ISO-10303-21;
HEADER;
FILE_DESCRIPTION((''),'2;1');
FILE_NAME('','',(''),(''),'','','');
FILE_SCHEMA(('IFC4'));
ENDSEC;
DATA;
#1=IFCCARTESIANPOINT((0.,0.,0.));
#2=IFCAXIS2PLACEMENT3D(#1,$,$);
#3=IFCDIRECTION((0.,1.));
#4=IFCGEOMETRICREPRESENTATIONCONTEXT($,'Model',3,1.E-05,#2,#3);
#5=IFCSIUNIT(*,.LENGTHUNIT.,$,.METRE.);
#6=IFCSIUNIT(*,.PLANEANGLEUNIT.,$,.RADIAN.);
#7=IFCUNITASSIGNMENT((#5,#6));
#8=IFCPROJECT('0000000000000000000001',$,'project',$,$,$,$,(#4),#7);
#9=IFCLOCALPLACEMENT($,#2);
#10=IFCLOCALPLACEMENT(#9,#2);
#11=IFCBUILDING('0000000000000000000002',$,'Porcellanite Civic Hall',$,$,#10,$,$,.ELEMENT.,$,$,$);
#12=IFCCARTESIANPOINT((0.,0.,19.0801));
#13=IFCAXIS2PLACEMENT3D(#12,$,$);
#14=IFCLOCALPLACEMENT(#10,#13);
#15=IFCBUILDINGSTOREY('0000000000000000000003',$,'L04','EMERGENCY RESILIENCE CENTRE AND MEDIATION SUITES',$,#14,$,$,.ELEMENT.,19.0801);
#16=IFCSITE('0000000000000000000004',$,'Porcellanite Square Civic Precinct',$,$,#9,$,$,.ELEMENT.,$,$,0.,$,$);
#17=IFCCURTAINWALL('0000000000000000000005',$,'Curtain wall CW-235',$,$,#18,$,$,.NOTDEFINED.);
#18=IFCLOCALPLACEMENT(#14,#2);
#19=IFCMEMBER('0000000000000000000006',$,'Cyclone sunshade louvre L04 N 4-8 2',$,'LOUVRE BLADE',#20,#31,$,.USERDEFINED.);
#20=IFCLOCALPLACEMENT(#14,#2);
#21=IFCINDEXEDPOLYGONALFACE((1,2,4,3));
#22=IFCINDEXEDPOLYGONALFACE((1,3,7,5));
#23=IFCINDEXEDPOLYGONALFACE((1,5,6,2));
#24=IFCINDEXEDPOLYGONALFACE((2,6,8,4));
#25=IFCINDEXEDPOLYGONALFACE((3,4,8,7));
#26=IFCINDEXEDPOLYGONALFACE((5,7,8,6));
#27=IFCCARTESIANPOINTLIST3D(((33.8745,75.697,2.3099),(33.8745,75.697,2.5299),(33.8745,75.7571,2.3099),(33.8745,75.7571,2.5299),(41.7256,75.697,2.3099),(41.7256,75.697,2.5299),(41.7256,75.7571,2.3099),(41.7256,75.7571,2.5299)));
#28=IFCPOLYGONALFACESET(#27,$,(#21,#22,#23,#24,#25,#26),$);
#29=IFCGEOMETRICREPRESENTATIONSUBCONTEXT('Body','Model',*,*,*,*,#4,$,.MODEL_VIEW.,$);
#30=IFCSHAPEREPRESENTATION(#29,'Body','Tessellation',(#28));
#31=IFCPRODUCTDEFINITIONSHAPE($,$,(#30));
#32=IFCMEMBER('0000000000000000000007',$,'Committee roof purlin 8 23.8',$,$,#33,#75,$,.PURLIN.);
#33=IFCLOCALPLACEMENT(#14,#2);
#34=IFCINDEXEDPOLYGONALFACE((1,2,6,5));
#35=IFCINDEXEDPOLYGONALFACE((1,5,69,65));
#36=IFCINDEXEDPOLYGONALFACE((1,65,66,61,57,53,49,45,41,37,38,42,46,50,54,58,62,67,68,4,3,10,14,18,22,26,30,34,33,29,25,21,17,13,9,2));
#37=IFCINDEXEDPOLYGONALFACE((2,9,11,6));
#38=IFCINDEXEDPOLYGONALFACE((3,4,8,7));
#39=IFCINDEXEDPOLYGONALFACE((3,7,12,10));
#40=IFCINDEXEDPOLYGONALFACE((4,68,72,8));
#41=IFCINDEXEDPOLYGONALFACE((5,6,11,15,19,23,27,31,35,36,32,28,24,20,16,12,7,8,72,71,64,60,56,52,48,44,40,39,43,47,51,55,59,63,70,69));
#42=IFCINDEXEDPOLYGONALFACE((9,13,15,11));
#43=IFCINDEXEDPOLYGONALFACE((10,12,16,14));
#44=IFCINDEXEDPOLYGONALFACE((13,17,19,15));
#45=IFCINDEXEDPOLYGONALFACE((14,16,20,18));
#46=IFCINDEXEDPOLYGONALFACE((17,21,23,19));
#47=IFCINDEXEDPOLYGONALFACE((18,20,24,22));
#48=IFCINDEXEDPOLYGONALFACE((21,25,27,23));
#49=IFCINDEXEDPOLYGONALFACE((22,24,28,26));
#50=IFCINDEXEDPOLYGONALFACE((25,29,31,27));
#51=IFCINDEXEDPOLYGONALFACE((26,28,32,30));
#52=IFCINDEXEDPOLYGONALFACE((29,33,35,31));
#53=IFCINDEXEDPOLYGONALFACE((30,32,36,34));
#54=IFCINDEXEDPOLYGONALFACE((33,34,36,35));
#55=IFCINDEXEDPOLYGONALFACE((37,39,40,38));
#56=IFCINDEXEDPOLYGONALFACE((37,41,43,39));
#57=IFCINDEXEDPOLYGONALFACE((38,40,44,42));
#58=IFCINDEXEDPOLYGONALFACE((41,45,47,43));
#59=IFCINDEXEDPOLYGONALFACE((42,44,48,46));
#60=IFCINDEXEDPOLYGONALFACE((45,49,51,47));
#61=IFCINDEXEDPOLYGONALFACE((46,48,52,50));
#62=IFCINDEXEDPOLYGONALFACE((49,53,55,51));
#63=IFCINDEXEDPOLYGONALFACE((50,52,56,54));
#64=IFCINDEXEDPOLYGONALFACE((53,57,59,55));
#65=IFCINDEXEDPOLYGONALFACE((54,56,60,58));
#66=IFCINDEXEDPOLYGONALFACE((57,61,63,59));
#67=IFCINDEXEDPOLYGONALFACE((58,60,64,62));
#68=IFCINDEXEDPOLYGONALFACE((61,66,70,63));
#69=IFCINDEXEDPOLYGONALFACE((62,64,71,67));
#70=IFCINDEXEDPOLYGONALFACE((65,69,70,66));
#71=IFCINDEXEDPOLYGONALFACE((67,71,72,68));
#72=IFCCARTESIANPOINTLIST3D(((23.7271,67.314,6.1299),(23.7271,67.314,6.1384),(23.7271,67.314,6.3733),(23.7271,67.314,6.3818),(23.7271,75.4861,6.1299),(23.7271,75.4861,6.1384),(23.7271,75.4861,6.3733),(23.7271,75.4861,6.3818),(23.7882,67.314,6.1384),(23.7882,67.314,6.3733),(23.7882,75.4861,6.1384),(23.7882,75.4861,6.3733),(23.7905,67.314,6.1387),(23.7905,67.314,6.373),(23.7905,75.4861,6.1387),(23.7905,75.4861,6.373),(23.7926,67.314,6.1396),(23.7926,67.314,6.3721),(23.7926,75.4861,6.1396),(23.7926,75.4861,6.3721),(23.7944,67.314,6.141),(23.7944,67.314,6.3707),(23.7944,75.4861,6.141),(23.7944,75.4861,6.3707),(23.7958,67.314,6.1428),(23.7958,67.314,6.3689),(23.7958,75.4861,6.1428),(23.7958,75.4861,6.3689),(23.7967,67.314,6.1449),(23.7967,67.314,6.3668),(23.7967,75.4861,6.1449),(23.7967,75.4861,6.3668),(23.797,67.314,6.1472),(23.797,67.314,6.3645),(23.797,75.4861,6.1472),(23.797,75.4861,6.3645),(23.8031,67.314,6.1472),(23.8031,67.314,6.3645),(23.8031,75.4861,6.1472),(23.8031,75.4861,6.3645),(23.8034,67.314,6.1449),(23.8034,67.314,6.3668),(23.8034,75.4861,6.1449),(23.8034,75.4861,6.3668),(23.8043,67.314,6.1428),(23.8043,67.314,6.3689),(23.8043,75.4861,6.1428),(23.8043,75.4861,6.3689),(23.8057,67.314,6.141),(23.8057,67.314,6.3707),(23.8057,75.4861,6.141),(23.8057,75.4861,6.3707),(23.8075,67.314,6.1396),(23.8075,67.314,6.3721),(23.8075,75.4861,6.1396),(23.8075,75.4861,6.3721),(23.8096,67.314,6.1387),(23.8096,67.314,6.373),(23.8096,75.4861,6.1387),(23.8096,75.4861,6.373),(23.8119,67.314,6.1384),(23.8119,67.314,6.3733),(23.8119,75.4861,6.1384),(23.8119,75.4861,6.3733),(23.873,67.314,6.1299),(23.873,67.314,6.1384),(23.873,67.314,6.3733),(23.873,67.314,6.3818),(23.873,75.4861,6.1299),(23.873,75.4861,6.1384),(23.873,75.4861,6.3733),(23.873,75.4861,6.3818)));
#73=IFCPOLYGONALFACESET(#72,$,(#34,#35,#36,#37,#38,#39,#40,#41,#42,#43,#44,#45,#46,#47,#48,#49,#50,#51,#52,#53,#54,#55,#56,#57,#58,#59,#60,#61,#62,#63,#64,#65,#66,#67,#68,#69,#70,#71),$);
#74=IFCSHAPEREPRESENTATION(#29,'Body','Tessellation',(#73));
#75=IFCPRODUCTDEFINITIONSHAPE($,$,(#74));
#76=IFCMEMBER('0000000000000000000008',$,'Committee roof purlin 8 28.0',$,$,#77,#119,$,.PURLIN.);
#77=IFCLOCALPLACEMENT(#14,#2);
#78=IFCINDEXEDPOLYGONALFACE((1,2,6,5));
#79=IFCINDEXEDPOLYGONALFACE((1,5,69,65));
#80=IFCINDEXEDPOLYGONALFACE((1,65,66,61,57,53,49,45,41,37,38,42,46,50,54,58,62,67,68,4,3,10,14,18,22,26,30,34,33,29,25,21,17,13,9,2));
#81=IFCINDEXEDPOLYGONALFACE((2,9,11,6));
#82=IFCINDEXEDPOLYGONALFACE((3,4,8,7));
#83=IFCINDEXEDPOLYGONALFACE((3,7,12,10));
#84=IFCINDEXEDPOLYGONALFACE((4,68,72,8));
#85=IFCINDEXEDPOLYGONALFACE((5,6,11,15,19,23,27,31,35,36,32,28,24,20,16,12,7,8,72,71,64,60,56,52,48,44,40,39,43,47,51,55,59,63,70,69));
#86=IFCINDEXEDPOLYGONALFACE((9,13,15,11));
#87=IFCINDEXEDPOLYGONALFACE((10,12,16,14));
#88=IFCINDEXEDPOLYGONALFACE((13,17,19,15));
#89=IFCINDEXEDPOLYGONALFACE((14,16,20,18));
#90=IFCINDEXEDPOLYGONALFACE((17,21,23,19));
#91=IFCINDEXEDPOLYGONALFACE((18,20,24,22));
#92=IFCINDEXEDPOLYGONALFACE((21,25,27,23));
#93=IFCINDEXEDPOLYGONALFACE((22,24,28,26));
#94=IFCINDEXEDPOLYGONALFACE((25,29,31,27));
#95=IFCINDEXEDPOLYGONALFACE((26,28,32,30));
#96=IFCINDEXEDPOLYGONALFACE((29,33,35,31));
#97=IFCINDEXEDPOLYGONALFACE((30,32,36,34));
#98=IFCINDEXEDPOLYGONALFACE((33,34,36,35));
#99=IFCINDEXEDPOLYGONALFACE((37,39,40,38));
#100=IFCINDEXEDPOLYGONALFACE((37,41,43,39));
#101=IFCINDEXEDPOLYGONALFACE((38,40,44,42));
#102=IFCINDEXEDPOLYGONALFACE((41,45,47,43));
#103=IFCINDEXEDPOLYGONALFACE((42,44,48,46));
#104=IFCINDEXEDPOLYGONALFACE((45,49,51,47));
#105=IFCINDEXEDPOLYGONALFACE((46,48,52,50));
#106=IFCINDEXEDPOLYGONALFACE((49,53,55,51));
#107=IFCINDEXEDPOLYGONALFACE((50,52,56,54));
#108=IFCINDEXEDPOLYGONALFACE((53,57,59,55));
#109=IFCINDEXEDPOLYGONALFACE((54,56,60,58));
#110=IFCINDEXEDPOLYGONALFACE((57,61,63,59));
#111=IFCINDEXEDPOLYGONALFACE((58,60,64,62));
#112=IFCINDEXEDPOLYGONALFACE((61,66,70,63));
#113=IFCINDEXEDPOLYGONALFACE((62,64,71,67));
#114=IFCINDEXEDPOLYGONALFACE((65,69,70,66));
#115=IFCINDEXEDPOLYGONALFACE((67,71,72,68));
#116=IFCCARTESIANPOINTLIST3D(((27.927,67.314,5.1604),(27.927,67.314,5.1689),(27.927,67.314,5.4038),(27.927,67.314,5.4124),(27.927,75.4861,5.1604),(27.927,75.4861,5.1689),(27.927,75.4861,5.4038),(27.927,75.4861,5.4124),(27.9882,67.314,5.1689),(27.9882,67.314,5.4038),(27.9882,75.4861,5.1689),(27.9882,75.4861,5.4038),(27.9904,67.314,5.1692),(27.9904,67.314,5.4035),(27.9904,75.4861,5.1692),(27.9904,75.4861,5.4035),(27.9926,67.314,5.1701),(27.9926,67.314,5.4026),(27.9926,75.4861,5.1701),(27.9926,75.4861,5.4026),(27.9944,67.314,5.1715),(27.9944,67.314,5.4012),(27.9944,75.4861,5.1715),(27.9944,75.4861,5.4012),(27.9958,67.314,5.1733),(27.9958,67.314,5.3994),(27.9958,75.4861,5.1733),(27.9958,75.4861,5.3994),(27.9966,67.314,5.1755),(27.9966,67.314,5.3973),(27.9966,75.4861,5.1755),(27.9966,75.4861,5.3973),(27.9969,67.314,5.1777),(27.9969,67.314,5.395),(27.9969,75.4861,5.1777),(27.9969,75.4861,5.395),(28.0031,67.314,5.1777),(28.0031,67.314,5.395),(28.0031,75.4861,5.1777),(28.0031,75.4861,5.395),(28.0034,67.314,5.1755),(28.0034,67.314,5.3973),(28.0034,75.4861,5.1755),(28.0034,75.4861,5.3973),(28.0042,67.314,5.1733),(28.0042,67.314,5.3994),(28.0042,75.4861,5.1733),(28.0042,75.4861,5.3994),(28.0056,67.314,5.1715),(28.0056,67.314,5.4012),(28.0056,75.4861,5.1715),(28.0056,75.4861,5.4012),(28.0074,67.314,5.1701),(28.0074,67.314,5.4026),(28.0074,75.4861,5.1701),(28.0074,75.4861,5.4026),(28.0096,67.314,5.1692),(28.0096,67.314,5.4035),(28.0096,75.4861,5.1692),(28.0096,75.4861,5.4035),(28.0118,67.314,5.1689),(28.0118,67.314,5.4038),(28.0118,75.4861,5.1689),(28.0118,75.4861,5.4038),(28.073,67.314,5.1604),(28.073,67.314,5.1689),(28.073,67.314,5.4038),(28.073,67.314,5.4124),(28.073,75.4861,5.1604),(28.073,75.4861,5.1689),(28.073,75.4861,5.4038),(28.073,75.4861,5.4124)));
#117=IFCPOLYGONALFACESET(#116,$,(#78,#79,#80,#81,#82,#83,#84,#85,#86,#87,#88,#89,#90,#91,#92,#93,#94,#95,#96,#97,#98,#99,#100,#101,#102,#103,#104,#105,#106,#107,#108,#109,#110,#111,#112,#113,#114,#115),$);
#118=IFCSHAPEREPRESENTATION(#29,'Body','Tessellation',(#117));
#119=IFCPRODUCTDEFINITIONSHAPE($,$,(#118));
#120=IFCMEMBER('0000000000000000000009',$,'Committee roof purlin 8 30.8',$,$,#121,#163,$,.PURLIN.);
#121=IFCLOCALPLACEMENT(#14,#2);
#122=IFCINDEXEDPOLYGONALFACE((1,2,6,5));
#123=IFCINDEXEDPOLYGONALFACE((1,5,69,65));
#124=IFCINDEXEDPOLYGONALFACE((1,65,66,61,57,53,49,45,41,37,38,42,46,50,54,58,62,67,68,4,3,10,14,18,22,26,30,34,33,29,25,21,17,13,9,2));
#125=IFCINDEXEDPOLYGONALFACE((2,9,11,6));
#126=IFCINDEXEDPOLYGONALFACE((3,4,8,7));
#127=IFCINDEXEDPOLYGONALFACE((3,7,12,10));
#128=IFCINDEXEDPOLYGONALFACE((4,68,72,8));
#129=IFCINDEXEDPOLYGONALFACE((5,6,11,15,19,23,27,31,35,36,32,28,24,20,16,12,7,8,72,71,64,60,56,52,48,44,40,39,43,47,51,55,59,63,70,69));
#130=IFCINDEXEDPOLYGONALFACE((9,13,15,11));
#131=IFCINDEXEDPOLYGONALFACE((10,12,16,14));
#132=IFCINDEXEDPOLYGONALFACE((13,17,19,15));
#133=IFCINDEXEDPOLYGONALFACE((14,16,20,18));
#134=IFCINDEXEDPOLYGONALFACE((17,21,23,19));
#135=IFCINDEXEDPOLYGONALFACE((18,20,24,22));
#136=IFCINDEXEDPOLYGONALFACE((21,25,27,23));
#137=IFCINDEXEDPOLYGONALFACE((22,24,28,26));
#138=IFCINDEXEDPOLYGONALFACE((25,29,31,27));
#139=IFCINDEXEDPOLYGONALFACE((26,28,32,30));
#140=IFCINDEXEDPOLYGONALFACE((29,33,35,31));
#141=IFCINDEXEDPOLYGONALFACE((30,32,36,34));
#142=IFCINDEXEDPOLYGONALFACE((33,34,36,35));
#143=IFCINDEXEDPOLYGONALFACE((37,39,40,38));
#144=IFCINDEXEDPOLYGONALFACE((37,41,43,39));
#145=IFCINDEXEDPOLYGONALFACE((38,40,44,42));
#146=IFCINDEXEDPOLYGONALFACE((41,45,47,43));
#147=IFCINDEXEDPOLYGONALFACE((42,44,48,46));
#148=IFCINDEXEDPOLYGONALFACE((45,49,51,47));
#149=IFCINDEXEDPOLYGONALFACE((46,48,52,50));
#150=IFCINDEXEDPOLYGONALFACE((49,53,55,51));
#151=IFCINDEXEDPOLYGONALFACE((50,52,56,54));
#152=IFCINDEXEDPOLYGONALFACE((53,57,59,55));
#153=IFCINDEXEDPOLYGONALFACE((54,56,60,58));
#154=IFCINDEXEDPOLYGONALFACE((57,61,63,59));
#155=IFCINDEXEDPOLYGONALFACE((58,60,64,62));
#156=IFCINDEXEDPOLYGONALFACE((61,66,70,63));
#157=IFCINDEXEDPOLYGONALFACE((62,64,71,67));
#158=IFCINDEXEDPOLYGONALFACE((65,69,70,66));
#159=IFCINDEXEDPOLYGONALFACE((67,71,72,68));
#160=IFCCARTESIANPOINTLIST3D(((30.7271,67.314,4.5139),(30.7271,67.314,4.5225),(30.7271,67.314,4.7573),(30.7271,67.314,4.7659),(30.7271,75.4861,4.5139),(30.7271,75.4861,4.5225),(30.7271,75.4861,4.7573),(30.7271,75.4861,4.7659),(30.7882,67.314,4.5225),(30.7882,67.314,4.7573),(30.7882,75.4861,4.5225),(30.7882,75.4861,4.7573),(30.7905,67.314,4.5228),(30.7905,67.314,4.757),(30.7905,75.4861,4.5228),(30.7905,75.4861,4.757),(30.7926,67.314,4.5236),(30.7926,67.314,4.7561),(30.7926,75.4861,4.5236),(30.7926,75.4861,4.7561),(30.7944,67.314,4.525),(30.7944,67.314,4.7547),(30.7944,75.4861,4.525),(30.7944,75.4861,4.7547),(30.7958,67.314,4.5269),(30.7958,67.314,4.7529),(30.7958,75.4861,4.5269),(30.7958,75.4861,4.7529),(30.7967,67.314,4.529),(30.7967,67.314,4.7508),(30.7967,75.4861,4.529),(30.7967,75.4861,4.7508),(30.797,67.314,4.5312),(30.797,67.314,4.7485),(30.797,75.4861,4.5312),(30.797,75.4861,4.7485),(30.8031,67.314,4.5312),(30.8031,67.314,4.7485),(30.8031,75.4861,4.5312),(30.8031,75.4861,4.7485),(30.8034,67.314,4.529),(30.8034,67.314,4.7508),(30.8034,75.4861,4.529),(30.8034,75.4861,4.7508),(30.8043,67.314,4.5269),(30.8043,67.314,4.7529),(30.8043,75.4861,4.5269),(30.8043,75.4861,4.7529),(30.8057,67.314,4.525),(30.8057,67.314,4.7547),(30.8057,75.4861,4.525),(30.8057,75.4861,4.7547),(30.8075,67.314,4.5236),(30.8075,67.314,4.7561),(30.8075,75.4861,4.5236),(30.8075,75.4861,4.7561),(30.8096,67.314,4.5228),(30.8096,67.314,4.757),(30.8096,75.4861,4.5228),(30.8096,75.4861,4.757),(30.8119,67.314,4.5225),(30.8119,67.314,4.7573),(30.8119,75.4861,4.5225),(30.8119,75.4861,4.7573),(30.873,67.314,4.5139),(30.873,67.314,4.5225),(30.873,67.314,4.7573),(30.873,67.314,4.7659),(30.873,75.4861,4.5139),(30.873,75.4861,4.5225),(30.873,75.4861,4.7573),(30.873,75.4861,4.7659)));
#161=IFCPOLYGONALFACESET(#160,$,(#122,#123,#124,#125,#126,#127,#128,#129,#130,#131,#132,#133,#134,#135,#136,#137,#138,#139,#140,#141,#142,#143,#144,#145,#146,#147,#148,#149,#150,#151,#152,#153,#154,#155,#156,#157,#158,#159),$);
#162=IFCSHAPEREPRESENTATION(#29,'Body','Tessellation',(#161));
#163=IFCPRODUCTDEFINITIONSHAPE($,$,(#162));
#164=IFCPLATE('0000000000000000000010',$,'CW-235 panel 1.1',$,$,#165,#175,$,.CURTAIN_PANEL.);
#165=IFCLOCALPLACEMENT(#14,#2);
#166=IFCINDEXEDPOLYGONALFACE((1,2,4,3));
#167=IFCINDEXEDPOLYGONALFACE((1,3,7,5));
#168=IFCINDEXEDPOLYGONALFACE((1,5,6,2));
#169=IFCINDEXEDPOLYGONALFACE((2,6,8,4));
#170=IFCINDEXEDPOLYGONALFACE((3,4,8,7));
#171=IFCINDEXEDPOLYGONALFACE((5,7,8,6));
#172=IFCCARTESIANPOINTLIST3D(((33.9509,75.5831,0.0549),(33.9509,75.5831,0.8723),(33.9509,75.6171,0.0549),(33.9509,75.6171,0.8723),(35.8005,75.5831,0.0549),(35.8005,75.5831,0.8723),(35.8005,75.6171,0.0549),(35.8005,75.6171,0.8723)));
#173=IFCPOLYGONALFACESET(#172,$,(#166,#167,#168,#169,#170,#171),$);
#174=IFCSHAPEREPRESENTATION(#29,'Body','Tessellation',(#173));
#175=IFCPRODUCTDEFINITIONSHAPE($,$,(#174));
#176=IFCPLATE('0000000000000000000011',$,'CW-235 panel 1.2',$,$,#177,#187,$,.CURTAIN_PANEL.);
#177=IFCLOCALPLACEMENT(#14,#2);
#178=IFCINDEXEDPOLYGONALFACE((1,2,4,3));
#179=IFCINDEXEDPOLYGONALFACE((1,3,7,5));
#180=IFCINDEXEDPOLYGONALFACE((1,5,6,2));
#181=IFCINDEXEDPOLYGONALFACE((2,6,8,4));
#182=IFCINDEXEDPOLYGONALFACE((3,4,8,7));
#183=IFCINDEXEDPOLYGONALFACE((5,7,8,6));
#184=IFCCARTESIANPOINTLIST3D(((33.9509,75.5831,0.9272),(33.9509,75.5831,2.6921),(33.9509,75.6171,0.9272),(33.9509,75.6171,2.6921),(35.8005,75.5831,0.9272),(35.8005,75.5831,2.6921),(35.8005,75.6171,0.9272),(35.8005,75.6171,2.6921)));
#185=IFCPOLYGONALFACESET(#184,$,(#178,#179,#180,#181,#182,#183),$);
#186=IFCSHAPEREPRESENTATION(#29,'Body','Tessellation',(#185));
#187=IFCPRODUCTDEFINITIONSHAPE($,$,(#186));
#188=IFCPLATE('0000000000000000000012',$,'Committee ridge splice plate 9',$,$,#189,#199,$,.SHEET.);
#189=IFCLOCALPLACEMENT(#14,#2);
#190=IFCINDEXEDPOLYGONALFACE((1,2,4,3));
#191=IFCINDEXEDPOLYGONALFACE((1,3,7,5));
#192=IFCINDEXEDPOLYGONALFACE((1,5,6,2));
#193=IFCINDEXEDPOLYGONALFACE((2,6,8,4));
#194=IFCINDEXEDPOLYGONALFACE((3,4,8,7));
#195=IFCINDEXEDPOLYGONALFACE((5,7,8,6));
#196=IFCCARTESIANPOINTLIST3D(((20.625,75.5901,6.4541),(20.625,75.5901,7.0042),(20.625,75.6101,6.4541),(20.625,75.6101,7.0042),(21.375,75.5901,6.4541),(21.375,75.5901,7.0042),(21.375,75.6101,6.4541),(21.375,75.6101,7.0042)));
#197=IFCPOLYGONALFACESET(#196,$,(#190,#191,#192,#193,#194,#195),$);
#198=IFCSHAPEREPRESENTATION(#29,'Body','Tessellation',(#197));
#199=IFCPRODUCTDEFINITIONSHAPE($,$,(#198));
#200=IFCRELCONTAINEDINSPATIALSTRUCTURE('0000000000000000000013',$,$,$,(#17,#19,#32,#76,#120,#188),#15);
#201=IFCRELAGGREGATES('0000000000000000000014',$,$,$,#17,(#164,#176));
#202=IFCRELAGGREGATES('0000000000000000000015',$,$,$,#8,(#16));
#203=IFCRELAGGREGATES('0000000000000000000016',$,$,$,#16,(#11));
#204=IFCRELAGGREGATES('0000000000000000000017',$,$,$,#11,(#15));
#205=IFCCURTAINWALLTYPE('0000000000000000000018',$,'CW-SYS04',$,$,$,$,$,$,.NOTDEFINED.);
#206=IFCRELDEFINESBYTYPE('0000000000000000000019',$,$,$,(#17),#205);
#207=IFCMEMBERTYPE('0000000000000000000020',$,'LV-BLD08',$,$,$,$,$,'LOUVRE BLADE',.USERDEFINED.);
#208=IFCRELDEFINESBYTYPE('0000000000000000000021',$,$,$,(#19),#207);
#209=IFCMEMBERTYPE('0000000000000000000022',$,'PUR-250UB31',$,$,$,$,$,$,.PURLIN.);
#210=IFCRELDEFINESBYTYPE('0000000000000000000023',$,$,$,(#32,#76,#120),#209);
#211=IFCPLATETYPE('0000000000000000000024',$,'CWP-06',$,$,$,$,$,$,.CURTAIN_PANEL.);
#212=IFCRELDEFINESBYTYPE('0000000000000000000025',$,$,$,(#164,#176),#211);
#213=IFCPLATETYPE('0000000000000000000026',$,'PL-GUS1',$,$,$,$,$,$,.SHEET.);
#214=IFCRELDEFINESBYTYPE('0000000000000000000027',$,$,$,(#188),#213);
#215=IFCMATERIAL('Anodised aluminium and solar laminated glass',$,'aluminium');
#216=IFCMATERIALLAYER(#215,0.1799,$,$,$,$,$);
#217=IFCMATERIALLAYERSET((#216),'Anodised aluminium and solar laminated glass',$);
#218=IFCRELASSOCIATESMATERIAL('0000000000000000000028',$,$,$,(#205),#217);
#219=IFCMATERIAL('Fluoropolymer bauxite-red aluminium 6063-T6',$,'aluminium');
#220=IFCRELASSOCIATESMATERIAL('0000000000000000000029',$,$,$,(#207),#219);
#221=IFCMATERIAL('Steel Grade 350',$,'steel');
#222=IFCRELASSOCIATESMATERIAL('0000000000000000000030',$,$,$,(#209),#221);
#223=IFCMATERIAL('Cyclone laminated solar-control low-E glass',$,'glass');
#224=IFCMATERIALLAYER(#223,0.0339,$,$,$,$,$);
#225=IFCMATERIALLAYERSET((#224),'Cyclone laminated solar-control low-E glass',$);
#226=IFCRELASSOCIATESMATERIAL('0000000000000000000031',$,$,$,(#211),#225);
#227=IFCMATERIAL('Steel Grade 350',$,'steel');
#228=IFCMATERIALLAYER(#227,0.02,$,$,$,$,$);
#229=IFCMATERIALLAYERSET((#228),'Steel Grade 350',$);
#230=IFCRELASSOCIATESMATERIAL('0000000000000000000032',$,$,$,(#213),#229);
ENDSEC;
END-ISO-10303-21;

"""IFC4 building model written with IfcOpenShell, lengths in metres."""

from ifc_helpers import new_model, si_unit, direction, frame, origin, origin_2d, place, context, subcontext, project, spatial, rectangle, i_section, extrude, material, layer, layer_set, material_profile, profile_set, type_object, element, aggregate, save


model = new_model("IFC4")

# Units and contexts
model_context = context("Model", 3, precision=1e-05, world=origin(), true_north=direction((0.0, 1.0)))
body_context = subcontext(model_context, "Body", "Model", "MODEL_VIEW")
ifc_project = project(units=[si_unit("LENGTHUNIT", "METRE"), si_unit("PLANEANGLEUNIT", "RADIAN")], contexts=[model_context])

# Site, building, storey
site_placement = place(None, origin())
site = spatial("IfcSite", under=ifc_project, at=site_placement, Name="Porcellanite Square Civic Precinct", CompositionType="ELEMENT", RefElevation=0.0)
building_placement = place(site_placement, origin())
building = spatial("IfcBuilding", under=site, at=building_placement, Name="Porcellanite Civic Hall", CompositionType="ELEMENT")
storey_placement = place(building_placement, frame((0.0, 0.0, 19.0801)))
storey = spatial("IfcBuildingStorey", under=building, at=storey_placement, Name="L04", Description="EMERGENCY RESILIENCE CENTRE AND MEDIATION SUITES", CompositionType="ELEMENT", Elevation=19.0801)

# Curtain wall
ifc_material_1 = material(Name="Anodised aluminium and solar laminated glass", Category="aluminium")
ifc_layer_1 = layer(ifc_material_1, 0.1799)
ifc_layer_set_1 = layer_set([ifc_layer_1], Name="Anodised aluminium and solar laminated glass")
curtain_wall_type = type_object("IfcCurtainWallType", Name="CW-SYS04", PredefinedType="NOTDEFINED", material=ifc_layer_set_1)
curtain_wall_placement = place(storey_placement, origin())
curtain_wall = element("IfcCurtainWall", 1, at=curtain_wall_placement, inside=storey, type_object=curtain_wall_type, Name="Curtain wall CW-235", PredefinedType="NOTDEFINED")

# Members
ifc_material_2 = material(Name="Fluoropolymer bauxite-red aluminium 6063-T6", Category="aluminium")
ifc_material_profile_1 = material_profile(ifc_material_2, rectangle(XDim=0.0601, YDim=0.22, at=origin_2d()), Name="AL-60x220")
ifc_profile_set_1 = profile_set([ifc_material_profile_1], Name="Fluoropolymer bauxite-red aluminium 6063-T6")
member_type_1 = type_object("IfcMemberType", Name="LV-BLD08", ElementType="LOUVRE BLADE", PredefinedType="USERDEFINED", material=ifc_profile_set_1)
for number, where, z_axis, x_axis, name in (
    (2, (33.8745, 75.7271, 2.4199), (1.0, 0.0, 0.0), (0.0, 1.0, 0.0), "Cyclone sunshade louvre L04 N 4-8 2"),
):
    element("IfcMember", number, at=place(storey_placement, frame(where, z_axis=z_axis, x_axis=x_axis)), inside=storey, type_object=member_type_1, Name=name, ObjectType="LOUVRE BLADE", PredefinedType="USERDEFINED", context=body_context, shape_type="SweptSolid", body=[
        extrude(rectangle(XDim=0.0601, YDim=0.22, at=origin_2d()), origin(), (0.0, 0.0, 1.0), 7.8511),
    ])
ifc_material_3 = material(Name="Steel Grade 350", Category="steel")
ifc_material_profile_2 = material_profile(ifc_material_3, i_section(OverallWidth=0.146, OverallDepth=0.252, WebThickness=0.0061, FlangeThickness=0.0085, FilletRadius=0.0088, at=origin_2d()), Name="250UB31.4")
ifc_profile_set_2 = profile_set([ifc_material_profile_2], Name="Steel Grade 350")
member_type_2 = type_object("IfcMemberType", Name="PUR-250UB31", PredefinedType="PURLIN", material=ifc_profile_set_2)
for number, where, z_axis, x_axis, name in (
    (3, (23.8, 67.314, 6.2559), (0.0, 1.0, 0.0), (-1.0, 0.0, 0.0), "Committee roof purlin 8 23.8"),
    (4, (28.0, 67.314, 5.2864), (0.0, 1.0, 0.0), (-1.0, 0.0, 0.0), "Committee roof purlin 8 28.0"),
    (5, (30.8, 67.314, 4.6399), (0.0, 1.0, 0.0), (-1.0, 0.0, 0.0), "Committee roof purlin 8 30.8"),
):
    element("IfcMember", number, at=place(storey_placement, frame(where, z_axis=z_axis, x_axis=x_axis)), inside=storey, type_object=member_type_2, Name=name, PredefinedType="PURLIN", context=body_context, shape_type="SweptSolid", body=[
        extrude(i_section(OverallWidth=0.146, OverallDepth=0.252, WebThickness=0.0061, FlangeThickness=0.0085, FilletRadius=0.0088, at=origin_2d()), origin(), (0.0, 0.0, 1.0), 8.1721),
    ])

# Plates
ifc_material_4 = material(Name="Cyclone laminated solar-control low-E glass", Category="glass")
ifc_layer_2 = layer(ifc_material_4, 0.0339)
ifc_layer_set_2 = layer_set([ifc_layer_2], Name="Cyclone laminated solar-control low-E glass")
plate_type_1 = type_object("IfcPlateType", Name="CWP-06", PredefinedType="CURTAIN_PANEL", material=ifc_layer_set_2)
plate_1_placement = place(storey_placement, frame((34.8757, 75.6001, 0.0549), z_axis=(0.0, 0.0, 1.0), x_axis=(1.0, 0.0, 0.0)))
plate_1 = element("IfcPlate", 6, at=plate_1_placement, type_object=plate_type_1, Name="CW-235 panel 1.1", PredefinedType="CURTAIN_PANEL", context=body_context, shape_type="SweptSolid", body=[
    extrude(rectangle(XDim=1.8496, YDim=0.0339, at=origin_2d()), origin(), (0.0, 0.0, 1.0), 0.8174),
])
plate_2_placement = place(storey_placement, frame((34.8757, 75.6001, 0.9272), z_axis=(0.0, 0.0, 1.0), x_axis=(1.0, 0.0, 0.0)))
plate_2 = element("IfcPlate", 7, at=plate_2_placement, type_object=plate_type_1, Name="CW-235 panel 1.2", PredefinedType="CURTAIN_PANEL", context=body_context, shape_type="SweptSolid", body=[
    extrude(rectangle(XDim=1.8496, YDim=0.0339, at=origin_2d()), origin(), (0.0, 0.0, 1.0), 1.7649),
])
aggregate(curtain_wall, [plate_1, plate_2])
ifc_material_5 = material(Name="Steel Grade 350", Category="steel")
ifc_layer_3 = layer(ifc_material_5, 0.02)
ifc_layer_set_3 = layer_set([ifc_layer_3], Name="Steel Grade 350")
plate_type_2 = type_object("IfcPlateType", Name="PL-GUS1", PredefinedType="SHEET", material=ifc_layer_set_3)
plate_3_placement = place(storey_placement, frame((21.0, 75.6001, 6.4541), z_axis=(0.0, 0.0, 1.0), x_axis=(1.0, 0.0, 0.0)))
element("IfcPlate", 8, at=plate_3_placement, inside=storey, type_object=plate_type_2, Name="Committee ridge splice plate 9", PredefinedType="SHEET", context=body_context, shape_type="SweptSolid", body=[
    extrude(rectangle(XDim=0.75, YDim=0.02, at=origin_2d()), origin(), (0.0, 0.0, 1.0), 0.55),
])

save(model, "model.ifc")
